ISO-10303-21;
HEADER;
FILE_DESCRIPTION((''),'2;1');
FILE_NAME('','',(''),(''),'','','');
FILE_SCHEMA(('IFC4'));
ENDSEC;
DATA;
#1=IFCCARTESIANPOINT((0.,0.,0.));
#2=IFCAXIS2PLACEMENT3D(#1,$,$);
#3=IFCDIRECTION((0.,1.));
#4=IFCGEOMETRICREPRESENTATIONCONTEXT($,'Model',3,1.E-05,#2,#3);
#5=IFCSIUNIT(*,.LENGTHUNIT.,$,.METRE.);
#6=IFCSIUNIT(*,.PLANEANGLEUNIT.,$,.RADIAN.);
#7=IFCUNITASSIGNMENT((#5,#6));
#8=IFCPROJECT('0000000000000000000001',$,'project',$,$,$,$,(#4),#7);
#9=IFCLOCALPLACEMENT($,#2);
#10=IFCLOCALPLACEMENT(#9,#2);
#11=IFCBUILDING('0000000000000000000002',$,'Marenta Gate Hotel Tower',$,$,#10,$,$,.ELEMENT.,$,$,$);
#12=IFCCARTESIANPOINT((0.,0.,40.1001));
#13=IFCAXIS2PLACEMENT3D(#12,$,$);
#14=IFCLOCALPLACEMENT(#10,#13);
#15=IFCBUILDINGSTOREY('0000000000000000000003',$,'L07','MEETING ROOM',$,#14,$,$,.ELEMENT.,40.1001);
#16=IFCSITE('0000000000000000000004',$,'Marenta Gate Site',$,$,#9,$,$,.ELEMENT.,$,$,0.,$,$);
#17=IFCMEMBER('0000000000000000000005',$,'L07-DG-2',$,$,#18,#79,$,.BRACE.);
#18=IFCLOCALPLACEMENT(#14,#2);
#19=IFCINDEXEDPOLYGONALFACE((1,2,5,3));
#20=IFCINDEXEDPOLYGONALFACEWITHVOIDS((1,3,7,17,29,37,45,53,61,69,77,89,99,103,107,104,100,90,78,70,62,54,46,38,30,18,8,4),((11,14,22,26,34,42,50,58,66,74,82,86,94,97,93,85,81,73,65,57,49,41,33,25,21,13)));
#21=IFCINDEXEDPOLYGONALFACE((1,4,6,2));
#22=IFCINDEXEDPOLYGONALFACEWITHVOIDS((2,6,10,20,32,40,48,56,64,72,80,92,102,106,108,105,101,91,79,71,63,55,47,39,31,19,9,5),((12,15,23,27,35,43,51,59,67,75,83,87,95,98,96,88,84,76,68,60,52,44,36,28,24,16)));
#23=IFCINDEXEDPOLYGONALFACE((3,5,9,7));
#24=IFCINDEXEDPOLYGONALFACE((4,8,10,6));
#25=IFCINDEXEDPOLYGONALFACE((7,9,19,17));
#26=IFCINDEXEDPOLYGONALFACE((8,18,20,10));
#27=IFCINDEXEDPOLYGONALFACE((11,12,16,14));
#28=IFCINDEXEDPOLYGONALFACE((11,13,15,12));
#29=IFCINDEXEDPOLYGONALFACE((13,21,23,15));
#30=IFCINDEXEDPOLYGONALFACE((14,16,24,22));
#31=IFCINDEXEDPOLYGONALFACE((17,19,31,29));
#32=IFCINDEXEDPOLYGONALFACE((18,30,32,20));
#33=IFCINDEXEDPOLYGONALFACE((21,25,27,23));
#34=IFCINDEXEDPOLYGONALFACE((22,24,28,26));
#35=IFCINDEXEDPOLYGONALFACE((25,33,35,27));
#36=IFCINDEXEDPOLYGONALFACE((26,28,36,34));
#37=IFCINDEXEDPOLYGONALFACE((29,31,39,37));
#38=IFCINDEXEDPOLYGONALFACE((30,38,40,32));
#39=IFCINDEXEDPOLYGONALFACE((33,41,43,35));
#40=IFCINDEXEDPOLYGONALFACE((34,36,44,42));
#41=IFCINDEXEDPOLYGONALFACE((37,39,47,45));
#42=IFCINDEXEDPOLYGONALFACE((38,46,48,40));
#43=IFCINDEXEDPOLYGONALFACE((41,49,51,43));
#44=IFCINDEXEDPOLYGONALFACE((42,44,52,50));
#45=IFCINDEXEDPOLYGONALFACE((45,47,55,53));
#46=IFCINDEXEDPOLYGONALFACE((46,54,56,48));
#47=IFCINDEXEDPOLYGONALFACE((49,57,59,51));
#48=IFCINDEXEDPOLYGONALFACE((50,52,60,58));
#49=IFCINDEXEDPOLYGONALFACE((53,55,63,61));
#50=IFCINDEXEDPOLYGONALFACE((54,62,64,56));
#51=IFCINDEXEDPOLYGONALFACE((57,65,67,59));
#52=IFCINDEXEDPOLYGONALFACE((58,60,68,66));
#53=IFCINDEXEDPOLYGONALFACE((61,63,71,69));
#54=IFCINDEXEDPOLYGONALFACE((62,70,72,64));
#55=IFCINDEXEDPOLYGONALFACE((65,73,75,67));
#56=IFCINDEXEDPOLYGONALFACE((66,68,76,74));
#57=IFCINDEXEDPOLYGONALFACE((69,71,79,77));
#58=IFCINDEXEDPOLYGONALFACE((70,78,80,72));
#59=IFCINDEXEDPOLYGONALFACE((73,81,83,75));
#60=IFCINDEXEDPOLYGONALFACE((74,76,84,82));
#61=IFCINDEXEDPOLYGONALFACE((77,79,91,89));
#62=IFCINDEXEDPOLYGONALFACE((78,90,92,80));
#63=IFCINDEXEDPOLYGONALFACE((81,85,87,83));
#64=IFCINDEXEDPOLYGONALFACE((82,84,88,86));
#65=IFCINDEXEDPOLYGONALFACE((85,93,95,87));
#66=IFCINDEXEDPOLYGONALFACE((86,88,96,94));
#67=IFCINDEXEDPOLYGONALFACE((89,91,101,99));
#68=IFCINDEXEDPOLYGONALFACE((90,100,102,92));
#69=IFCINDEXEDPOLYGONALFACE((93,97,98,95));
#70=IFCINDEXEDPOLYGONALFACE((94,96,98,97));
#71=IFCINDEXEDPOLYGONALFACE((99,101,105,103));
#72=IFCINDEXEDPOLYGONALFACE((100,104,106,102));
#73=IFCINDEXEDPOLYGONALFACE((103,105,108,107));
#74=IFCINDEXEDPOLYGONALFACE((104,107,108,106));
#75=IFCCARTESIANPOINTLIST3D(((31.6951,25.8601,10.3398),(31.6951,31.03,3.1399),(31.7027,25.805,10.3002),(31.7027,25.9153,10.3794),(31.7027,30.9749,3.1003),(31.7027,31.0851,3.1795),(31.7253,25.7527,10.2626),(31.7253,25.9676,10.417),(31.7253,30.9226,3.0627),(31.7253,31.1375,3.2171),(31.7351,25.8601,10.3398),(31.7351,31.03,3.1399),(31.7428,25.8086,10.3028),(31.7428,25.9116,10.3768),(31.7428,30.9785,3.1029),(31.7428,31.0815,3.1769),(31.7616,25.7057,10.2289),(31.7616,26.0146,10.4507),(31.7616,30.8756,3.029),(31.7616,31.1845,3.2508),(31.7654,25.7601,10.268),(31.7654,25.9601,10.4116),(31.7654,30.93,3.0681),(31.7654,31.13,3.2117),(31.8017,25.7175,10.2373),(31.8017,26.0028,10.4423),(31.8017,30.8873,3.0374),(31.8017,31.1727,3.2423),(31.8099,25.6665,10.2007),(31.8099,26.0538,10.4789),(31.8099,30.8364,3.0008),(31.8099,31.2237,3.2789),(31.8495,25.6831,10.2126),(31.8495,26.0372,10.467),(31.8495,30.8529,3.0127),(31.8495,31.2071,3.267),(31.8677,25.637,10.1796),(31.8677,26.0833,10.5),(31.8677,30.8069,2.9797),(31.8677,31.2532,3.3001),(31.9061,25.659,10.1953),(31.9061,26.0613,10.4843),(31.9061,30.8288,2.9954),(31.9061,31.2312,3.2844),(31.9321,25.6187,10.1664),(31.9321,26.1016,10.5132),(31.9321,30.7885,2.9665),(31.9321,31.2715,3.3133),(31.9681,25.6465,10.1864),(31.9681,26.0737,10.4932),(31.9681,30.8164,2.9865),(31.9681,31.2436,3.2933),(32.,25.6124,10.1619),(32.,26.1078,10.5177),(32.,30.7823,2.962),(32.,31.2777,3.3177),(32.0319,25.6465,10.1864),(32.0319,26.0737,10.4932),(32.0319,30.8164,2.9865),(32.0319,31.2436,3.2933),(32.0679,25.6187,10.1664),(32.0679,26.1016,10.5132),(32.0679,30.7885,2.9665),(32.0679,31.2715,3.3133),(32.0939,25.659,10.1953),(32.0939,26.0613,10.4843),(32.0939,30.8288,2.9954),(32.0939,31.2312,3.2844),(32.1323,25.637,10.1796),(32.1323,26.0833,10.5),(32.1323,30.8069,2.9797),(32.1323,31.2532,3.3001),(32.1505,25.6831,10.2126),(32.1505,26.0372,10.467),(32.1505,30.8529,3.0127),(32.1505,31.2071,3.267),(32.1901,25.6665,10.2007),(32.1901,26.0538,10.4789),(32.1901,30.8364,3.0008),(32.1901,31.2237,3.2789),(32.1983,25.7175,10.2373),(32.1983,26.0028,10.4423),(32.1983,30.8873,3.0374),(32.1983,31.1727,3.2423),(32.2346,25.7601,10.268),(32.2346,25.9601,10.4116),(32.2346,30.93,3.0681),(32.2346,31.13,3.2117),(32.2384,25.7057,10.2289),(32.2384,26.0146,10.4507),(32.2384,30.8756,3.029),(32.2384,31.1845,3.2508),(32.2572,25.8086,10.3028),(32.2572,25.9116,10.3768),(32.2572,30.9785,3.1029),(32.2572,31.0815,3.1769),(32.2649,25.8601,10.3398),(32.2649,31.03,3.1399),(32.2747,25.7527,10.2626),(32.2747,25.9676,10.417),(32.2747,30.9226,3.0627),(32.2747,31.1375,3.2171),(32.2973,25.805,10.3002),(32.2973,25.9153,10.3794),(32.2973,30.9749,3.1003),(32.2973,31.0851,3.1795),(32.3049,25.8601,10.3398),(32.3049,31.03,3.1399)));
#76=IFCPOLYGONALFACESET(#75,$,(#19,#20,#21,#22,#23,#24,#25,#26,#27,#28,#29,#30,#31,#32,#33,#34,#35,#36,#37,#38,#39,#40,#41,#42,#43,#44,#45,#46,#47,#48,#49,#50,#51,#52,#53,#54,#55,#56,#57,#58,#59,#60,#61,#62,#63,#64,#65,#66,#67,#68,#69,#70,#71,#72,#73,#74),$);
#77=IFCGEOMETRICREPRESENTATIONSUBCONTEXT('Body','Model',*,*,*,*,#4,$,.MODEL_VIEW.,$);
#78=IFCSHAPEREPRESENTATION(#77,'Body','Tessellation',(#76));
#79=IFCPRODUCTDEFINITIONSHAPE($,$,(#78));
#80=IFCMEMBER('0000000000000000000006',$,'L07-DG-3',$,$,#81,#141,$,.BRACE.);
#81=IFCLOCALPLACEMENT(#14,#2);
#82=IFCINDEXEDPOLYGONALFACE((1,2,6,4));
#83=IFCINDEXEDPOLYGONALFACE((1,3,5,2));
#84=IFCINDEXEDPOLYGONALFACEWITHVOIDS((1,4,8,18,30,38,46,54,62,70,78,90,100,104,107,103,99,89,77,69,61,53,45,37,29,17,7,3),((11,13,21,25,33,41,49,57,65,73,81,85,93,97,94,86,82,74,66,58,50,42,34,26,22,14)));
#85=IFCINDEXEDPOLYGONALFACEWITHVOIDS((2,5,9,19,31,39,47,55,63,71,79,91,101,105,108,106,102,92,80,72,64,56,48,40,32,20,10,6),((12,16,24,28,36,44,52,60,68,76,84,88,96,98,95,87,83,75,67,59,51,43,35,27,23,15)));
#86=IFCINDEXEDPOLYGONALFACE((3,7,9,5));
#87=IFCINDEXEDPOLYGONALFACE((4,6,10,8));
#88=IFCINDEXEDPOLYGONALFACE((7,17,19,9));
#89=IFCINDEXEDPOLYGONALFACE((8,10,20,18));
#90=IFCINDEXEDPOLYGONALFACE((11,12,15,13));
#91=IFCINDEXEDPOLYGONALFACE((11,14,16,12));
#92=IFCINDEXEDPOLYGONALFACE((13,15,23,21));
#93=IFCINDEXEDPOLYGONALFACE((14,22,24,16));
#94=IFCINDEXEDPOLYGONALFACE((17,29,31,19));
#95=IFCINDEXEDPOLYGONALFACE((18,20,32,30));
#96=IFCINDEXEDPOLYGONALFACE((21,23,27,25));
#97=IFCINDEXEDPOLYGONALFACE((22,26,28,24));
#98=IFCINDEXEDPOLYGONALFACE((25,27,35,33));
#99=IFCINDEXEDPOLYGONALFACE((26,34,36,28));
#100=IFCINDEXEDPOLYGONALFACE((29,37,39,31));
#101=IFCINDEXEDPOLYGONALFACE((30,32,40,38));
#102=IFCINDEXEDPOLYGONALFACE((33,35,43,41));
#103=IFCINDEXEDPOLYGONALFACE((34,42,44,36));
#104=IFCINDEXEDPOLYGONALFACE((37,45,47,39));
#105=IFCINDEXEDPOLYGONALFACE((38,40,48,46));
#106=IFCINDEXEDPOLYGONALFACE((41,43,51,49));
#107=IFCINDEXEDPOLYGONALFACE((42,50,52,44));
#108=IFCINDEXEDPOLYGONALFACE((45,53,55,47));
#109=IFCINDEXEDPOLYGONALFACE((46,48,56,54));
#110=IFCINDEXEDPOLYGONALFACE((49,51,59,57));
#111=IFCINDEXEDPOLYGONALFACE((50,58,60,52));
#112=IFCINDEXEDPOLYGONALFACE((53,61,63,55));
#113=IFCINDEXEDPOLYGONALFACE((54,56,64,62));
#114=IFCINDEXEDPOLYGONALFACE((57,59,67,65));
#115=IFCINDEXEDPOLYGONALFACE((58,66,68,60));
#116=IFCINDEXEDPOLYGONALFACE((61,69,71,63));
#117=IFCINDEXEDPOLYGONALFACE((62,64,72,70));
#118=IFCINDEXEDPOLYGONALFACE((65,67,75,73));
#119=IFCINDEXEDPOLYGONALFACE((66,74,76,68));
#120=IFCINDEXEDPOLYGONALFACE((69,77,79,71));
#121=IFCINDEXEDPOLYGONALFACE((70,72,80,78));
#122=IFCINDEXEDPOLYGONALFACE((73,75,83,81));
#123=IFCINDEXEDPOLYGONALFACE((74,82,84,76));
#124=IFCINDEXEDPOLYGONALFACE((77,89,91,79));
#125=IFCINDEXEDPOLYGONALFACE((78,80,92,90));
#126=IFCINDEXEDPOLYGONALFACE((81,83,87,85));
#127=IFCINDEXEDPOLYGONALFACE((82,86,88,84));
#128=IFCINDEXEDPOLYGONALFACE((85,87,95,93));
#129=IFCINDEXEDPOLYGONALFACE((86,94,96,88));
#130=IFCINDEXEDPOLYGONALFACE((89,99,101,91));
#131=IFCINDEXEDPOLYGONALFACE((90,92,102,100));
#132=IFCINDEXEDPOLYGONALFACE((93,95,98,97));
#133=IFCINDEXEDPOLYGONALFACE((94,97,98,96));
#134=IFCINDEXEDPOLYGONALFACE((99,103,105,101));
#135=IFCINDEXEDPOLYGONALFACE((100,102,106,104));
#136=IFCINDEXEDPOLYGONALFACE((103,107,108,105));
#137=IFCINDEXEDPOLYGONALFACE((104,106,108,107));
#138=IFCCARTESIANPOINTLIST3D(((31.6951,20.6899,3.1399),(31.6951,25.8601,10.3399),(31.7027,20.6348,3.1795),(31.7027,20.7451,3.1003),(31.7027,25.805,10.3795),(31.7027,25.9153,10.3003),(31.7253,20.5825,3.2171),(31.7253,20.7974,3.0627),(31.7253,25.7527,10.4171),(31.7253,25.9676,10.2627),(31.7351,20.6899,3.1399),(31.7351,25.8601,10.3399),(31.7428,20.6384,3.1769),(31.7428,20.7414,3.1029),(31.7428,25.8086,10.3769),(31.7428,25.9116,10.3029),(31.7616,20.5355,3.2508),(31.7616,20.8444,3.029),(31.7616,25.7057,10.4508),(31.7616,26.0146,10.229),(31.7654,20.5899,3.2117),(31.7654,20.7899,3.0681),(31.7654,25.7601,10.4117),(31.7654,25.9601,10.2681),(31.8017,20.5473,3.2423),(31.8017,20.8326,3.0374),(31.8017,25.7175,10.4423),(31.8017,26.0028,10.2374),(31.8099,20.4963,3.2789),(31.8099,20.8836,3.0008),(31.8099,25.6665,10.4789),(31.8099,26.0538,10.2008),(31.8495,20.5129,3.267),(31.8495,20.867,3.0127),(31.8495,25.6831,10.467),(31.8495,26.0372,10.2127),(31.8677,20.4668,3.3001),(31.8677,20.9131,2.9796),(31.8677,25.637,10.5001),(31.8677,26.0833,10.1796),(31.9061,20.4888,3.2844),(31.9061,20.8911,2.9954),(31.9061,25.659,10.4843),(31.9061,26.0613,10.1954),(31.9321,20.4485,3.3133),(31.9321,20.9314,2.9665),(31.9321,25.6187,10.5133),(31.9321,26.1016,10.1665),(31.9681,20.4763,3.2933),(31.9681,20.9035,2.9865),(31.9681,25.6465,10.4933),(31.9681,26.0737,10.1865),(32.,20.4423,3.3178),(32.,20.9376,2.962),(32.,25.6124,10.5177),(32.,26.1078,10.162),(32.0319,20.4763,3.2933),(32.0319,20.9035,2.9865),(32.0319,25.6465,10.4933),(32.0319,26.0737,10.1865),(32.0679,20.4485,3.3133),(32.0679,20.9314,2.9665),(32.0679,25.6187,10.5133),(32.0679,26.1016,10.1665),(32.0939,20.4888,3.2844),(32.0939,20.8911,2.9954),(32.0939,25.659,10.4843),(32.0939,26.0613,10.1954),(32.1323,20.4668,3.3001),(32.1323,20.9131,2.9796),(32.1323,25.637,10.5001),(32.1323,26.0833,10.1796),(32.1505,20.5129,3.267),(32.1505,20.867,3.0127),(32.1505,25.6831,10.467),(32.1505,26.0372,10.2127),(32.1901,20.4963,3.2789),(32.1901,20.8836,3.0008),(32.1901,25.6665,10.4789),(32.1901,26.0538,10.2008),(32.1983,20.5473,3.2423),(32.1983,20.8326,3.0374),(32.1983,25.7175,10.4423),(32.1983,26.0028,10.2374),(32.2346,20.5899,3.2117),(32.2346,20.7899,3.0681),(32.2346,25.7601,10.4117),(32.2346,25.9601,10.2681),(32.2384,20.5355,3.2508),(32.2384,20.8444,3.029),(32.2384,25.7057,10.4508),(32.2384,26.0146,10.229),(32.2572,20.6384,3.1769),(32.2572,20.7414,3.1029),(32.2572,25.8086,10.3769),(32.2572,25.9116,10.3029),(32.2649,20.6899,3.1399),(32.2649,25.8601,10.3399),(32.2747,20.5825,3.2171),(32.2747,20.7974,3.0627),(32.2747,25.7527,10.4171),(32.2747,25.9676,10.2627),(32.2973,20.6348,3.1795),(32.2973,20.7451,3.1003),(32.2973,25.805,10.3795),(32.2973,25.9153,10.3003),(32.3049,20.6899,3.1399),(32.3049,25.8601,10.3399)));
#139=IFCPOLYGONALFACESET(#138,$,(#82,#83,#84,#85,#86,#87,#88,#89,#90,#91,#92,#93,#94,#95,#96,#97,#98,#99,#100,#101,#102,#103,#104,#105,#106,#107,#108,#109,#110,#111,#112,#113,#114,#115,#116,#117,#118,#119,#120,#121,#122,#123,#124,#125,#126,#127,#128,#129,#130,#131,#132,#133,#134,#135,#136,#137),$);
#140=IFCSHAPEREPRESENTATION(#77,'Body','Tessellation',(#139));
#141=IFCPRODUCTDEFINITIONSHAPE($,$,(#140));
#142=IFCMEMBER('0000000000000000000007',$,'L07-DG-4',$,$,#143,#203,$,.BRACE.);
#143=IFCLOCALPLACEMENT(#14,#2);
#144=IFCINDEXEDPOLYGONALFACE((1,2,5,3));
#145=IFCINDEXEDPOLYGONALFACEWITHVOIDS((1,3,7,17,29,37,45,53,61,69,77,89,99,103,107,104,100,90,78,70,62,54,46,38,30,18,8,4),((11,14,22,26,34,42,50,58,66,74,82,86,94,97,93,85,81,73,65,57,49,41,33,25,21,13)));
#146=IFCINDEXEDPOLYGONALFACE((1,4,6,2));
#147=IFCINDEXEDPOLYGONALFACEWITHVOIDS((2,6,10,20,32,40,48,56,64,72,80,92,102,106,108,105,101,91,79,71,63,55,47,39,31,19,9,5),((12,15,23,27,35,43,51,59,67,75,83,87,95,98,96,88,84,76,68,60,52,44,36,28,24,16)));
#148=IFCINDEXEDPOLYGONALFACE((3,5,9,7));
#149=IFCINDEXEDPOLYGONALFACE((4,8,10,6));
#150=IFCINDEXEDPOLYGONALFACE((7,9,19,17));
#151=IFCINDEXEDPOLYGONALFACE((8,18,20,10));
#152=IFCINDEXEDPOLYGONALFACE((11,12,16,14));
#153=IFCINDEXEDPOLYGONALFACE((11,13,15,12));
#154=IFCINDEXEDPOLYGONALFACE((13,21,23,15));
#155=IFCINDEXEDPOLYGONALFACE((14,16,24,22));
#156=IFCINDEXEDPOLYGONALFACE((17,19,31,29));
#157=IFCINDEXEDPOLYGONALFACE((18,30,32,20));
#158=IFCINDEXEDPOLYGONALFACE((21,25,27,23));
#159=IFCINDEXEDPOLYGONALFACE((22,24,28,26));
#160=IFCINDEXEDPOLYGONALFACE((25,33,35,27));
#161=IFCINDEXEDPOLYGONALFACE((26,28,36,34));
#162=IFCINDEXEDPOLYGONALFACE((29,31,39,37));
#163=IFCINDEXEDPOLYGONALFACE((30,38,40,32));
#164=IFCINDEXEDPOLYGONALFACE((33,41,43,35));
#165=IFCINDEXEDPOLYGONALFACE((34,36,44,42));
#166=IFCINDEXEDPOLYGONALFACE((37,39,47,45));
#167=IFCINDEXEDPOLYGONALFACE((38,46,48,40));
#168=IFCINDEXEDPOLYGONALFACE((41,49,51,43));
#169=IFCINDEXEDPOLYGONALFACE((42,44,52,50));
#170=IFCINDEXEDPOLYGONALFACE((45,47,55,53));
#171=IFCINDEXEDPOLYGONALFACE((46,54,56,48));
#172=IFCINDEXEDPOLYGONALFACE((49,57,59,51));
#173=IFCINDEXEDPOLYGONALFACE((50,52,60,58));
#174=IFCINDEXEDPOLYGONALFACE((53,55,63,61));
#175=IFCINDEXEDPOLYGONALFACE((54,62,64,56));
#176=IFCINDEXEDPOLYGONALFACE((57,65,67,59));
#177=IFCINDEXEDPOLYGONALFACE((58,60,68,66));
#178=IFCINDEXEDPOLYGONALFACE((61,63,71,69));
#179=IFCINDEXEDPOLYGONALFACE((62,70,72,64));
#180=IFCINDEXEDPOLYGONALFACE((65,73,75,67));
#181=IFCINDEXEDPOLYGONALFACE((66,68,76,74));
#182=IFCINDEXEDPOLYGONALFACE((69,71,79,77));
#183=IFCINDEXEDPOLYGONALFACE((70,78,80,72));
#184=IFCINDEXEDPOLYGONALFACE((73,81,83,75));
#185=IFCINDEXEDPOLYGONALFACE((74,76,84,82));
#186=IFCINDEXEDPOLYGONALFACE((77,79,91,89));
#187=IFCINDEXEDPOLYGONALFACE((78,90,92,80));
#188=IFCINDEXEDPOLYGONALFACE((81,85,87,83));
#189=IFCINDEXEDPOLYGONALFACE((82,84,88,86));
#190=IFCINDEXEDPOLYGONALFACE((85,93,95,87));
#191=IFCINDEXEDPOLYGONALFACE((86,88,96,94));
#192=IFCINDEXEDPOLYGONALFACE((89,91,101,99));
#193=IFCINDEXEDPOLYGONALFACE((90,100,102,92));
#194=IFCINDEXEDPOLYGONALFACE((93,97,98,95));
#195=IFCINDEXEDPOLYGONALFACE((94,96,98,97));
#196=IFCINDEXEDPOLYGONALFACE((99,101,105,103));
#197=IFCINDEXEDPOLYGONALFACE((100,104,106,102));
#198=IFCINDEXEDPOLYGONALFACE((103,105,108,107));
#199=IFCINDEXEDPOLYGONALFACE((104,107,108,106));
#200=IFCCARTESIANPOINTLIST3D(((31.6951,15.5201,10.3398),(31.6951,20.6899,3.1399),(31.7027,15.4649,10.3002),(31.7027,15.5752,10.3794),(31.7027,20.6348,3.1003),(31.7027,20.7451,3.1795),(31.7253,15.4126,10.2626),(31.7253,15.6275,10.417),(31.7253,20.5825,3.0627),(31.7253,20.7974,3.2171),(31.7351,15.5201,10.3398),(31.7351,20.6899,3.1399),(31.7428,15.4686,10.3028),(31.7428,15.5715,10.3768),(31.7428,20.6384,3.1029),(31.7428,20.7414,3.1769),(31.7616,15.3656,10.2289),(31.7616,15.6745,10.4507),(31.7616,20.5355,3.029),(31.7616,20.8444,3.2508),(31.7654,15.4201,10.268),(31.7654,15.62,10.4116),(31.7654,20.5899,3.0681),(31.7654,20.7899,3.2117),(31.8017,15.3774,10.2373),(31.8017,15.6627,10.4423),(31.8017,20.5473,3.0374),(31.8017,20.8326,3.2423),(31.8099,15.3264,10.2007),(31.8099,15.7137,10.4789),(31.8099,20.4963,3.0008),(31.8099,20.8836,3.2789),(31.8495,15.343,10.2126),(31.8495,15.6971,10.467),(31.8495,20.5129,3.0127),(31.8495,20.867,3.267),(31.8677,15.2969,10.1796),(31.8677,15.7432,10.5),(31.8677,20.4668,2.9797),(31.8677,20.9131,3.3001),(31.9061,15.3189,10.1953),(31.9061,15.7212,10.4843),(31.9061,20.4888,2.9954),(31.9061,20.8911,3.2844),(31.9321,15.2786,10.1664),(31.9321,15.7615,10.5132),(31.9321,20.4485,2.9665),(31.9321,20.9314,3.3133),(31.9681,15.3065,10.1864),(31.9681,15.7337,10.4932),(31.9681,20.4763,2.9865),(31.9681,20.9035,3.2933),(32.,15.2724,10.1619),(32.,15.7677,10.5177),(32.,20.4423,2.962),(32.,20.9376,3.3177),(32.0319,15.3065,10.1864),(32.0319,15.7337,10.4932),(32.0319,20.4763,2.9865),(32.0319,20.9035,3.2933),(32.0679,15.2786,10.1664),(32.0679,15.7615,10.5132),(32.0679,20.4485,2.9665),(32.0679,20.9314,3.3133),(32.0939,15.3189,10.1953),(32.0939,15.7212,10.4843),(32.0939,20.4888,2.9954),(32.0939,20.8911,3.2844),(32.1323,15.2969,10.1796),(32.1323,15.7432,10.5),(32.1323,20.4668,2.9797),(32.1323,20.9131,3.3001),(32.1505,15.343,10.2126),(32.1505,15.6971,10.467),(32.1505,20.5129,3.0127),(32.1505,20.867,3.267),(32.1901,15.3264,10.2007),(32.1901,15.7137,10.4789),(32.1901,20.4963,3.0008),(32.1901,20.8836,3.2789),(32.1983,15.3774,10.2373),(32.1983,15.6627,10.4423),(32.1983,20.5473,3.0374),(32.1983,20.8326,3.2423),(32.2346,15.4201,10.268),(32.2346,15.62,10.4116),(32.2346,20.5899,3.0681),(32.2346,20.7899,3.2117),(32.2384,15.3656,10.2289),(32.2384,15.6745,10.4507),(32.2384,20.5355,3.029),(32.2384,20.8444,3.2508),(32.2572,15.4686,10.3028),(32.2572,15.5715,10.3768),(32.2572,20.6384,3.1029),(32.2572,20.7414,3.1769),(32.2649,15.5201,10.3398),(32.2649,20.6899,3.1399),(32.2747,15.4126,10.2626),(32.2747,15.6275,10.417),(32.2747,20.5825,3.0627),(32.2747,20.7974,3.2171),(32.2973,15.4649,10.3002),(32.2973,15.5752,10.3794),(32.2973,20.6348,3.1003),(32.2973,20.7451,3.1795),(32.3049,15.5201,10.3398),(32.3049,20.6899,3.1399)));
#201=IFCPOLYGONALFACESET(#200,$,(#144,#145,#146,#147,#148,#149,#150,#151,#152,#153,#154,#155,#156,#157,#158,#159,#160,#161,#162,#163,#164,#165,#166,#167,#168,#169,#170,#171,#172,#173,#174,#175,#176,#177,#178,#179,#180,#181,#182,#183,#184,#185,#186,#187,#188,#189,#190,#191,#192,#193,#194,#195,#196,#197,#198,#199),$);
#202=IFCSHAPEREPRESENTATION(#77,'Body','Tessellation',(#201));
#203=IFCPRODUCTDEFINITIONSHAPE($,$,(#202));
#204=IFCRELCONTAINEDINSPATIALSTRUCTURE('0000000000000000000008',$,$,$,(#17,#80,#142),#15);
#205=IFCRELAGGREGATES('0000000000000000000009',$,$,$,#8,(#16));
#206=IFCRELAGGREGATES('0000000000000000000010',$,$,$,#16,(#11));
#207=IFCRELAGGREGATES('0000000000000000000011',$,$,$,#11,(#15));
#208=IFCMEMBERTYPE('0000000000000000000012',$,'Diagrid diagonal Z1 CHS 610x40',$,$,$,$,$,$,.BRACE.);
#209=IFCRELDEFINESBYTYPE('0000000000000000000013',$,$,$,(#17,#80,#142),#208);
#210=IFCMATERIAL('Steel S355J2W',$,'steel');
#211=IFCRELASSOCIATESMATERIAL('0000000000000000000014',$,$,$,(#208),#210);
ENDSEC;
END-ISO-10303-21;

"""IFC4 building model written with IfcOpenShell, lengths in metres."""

from ifc_helpers import new_model, si_unit, direction, frame, origin, origin_2d, place, context, subcontext, project, spatial, hollow_circle, extrude, material, material_profile, profile_set, type_object, element, save


model = new_model("IFC4")

# Units and contexts
model_context = context("Model", 3, precision=1e-05, world=origin(), true_north=direction((0.0, 1.0)))
body_context = subcontext(model_context, "Body", "Model", "MODEL_VIEW")
ifc_project = project(units=[si_unit("LENGTHUNIT", "METRE"), si_unit("PLANEANGLEUNIT", "RADIAN")], contexts=[model_context])

# Site, building, storey
site_placement = place(None, origin())
site = spatial("IfcSite", under=ifc_project, at=site_placement, Name="Marenta Gate Site", CompositionType="ELEMENT", RefElevation=0.0)
building_placement = place(site_placement, origin())
building = spatial("IfcBuilding", under=site, at=building_placement, Name="Marenta Gate Hotel Tower", CompositionType="ELEMENT")
storey_placement = place(building_placement, frame((0.0, 0.0, 40.1001)))
storey = spatial("IfcBuildingStorey", under=building, at=storey_placement, Name="L07", Description="MEETING ROOM", CompositionType="ELEMENT", Elevation=40.1001)

# Members
ifc_material_1 = material(Name="Steel S355J2W", Category="steel")
ifc_material_profile_1 = material_profile(ifc_material_1, hollow_circle(Radius=0.3049, WallThickness=0.04, at=origin_2d()), Name="CHS 610x40")
ifc_profile_set_1 = profile_set([ifc_material_profile_1], Name="Steel S355J2W")
member_type_1 = type_object("IfcMemberType", Name="Diagrid diagonal Z1 CHS 610x40", PredefinedType="BRACE", material=ifc_profile_set_1)
for number, where, z_axis, x_axis, name in (
    (1, (32.0, 31.03, 3.1399), (0.0, -0.583261, 0.812285), (1.0, 0.0, 0.0), "L07-DG-2"),
):
    element("IfcMember", number, at=place(storey_placement, frame(where, z_axis=z_axis, x_axis=x_axis)), inside=storey, type_object=member_type_1, Name=name, PredefinedType="BRACE", context=body_context, shape_type="SweptSolid", body=[
        extrude(hollow_circle(Radius=0.3049, WallThickness=0.04, at=origin_2d()), origin(), (0.0, 0.0, 1.0), 8.8638),
    ])
member_1_placement = place(storey_placement, frame((32.0, 20.6899, 3.1399), z_axis=(0.0, 0.583279, 0.812272), x_axis=(-1.0, 0.0, 0.0)))
element("IfcMember", 2, at=member_1_placement, inside=storey, type_object=member_type_1, Name="L07-DG-3", PredefinedType="BRACE", context=body_context, shape_type="SweptSolid", body=[
    extrude(hollow_circle(Radius=0.3049, WallThickness=0.04, at=origin_2d()), origin(), (0.0, 0.0, 1.0), 8.864),
])
member_2_placement = place(storey_placement, frame((32.0, 20.6899, 3.1399), z_axis=(0.0, -0.583261, 0.812285), x_axis=(1.0, 0.0, 0.0)))
element("IfcMember", 3, at=member_2_placement, inside=storey, type_object=member_type_1, Name="L07-DG-4", PredefinedType="BRACE", context=body_context, shape_type="SweptSolid", body=[
    extrude(hollow_circle(Radius=0.3049, WallThickness=0.04, at=origin_2d()), origin(), (0.0, 0.0, 1.0), 8.8638),
])

save(model, "model.ifc")
